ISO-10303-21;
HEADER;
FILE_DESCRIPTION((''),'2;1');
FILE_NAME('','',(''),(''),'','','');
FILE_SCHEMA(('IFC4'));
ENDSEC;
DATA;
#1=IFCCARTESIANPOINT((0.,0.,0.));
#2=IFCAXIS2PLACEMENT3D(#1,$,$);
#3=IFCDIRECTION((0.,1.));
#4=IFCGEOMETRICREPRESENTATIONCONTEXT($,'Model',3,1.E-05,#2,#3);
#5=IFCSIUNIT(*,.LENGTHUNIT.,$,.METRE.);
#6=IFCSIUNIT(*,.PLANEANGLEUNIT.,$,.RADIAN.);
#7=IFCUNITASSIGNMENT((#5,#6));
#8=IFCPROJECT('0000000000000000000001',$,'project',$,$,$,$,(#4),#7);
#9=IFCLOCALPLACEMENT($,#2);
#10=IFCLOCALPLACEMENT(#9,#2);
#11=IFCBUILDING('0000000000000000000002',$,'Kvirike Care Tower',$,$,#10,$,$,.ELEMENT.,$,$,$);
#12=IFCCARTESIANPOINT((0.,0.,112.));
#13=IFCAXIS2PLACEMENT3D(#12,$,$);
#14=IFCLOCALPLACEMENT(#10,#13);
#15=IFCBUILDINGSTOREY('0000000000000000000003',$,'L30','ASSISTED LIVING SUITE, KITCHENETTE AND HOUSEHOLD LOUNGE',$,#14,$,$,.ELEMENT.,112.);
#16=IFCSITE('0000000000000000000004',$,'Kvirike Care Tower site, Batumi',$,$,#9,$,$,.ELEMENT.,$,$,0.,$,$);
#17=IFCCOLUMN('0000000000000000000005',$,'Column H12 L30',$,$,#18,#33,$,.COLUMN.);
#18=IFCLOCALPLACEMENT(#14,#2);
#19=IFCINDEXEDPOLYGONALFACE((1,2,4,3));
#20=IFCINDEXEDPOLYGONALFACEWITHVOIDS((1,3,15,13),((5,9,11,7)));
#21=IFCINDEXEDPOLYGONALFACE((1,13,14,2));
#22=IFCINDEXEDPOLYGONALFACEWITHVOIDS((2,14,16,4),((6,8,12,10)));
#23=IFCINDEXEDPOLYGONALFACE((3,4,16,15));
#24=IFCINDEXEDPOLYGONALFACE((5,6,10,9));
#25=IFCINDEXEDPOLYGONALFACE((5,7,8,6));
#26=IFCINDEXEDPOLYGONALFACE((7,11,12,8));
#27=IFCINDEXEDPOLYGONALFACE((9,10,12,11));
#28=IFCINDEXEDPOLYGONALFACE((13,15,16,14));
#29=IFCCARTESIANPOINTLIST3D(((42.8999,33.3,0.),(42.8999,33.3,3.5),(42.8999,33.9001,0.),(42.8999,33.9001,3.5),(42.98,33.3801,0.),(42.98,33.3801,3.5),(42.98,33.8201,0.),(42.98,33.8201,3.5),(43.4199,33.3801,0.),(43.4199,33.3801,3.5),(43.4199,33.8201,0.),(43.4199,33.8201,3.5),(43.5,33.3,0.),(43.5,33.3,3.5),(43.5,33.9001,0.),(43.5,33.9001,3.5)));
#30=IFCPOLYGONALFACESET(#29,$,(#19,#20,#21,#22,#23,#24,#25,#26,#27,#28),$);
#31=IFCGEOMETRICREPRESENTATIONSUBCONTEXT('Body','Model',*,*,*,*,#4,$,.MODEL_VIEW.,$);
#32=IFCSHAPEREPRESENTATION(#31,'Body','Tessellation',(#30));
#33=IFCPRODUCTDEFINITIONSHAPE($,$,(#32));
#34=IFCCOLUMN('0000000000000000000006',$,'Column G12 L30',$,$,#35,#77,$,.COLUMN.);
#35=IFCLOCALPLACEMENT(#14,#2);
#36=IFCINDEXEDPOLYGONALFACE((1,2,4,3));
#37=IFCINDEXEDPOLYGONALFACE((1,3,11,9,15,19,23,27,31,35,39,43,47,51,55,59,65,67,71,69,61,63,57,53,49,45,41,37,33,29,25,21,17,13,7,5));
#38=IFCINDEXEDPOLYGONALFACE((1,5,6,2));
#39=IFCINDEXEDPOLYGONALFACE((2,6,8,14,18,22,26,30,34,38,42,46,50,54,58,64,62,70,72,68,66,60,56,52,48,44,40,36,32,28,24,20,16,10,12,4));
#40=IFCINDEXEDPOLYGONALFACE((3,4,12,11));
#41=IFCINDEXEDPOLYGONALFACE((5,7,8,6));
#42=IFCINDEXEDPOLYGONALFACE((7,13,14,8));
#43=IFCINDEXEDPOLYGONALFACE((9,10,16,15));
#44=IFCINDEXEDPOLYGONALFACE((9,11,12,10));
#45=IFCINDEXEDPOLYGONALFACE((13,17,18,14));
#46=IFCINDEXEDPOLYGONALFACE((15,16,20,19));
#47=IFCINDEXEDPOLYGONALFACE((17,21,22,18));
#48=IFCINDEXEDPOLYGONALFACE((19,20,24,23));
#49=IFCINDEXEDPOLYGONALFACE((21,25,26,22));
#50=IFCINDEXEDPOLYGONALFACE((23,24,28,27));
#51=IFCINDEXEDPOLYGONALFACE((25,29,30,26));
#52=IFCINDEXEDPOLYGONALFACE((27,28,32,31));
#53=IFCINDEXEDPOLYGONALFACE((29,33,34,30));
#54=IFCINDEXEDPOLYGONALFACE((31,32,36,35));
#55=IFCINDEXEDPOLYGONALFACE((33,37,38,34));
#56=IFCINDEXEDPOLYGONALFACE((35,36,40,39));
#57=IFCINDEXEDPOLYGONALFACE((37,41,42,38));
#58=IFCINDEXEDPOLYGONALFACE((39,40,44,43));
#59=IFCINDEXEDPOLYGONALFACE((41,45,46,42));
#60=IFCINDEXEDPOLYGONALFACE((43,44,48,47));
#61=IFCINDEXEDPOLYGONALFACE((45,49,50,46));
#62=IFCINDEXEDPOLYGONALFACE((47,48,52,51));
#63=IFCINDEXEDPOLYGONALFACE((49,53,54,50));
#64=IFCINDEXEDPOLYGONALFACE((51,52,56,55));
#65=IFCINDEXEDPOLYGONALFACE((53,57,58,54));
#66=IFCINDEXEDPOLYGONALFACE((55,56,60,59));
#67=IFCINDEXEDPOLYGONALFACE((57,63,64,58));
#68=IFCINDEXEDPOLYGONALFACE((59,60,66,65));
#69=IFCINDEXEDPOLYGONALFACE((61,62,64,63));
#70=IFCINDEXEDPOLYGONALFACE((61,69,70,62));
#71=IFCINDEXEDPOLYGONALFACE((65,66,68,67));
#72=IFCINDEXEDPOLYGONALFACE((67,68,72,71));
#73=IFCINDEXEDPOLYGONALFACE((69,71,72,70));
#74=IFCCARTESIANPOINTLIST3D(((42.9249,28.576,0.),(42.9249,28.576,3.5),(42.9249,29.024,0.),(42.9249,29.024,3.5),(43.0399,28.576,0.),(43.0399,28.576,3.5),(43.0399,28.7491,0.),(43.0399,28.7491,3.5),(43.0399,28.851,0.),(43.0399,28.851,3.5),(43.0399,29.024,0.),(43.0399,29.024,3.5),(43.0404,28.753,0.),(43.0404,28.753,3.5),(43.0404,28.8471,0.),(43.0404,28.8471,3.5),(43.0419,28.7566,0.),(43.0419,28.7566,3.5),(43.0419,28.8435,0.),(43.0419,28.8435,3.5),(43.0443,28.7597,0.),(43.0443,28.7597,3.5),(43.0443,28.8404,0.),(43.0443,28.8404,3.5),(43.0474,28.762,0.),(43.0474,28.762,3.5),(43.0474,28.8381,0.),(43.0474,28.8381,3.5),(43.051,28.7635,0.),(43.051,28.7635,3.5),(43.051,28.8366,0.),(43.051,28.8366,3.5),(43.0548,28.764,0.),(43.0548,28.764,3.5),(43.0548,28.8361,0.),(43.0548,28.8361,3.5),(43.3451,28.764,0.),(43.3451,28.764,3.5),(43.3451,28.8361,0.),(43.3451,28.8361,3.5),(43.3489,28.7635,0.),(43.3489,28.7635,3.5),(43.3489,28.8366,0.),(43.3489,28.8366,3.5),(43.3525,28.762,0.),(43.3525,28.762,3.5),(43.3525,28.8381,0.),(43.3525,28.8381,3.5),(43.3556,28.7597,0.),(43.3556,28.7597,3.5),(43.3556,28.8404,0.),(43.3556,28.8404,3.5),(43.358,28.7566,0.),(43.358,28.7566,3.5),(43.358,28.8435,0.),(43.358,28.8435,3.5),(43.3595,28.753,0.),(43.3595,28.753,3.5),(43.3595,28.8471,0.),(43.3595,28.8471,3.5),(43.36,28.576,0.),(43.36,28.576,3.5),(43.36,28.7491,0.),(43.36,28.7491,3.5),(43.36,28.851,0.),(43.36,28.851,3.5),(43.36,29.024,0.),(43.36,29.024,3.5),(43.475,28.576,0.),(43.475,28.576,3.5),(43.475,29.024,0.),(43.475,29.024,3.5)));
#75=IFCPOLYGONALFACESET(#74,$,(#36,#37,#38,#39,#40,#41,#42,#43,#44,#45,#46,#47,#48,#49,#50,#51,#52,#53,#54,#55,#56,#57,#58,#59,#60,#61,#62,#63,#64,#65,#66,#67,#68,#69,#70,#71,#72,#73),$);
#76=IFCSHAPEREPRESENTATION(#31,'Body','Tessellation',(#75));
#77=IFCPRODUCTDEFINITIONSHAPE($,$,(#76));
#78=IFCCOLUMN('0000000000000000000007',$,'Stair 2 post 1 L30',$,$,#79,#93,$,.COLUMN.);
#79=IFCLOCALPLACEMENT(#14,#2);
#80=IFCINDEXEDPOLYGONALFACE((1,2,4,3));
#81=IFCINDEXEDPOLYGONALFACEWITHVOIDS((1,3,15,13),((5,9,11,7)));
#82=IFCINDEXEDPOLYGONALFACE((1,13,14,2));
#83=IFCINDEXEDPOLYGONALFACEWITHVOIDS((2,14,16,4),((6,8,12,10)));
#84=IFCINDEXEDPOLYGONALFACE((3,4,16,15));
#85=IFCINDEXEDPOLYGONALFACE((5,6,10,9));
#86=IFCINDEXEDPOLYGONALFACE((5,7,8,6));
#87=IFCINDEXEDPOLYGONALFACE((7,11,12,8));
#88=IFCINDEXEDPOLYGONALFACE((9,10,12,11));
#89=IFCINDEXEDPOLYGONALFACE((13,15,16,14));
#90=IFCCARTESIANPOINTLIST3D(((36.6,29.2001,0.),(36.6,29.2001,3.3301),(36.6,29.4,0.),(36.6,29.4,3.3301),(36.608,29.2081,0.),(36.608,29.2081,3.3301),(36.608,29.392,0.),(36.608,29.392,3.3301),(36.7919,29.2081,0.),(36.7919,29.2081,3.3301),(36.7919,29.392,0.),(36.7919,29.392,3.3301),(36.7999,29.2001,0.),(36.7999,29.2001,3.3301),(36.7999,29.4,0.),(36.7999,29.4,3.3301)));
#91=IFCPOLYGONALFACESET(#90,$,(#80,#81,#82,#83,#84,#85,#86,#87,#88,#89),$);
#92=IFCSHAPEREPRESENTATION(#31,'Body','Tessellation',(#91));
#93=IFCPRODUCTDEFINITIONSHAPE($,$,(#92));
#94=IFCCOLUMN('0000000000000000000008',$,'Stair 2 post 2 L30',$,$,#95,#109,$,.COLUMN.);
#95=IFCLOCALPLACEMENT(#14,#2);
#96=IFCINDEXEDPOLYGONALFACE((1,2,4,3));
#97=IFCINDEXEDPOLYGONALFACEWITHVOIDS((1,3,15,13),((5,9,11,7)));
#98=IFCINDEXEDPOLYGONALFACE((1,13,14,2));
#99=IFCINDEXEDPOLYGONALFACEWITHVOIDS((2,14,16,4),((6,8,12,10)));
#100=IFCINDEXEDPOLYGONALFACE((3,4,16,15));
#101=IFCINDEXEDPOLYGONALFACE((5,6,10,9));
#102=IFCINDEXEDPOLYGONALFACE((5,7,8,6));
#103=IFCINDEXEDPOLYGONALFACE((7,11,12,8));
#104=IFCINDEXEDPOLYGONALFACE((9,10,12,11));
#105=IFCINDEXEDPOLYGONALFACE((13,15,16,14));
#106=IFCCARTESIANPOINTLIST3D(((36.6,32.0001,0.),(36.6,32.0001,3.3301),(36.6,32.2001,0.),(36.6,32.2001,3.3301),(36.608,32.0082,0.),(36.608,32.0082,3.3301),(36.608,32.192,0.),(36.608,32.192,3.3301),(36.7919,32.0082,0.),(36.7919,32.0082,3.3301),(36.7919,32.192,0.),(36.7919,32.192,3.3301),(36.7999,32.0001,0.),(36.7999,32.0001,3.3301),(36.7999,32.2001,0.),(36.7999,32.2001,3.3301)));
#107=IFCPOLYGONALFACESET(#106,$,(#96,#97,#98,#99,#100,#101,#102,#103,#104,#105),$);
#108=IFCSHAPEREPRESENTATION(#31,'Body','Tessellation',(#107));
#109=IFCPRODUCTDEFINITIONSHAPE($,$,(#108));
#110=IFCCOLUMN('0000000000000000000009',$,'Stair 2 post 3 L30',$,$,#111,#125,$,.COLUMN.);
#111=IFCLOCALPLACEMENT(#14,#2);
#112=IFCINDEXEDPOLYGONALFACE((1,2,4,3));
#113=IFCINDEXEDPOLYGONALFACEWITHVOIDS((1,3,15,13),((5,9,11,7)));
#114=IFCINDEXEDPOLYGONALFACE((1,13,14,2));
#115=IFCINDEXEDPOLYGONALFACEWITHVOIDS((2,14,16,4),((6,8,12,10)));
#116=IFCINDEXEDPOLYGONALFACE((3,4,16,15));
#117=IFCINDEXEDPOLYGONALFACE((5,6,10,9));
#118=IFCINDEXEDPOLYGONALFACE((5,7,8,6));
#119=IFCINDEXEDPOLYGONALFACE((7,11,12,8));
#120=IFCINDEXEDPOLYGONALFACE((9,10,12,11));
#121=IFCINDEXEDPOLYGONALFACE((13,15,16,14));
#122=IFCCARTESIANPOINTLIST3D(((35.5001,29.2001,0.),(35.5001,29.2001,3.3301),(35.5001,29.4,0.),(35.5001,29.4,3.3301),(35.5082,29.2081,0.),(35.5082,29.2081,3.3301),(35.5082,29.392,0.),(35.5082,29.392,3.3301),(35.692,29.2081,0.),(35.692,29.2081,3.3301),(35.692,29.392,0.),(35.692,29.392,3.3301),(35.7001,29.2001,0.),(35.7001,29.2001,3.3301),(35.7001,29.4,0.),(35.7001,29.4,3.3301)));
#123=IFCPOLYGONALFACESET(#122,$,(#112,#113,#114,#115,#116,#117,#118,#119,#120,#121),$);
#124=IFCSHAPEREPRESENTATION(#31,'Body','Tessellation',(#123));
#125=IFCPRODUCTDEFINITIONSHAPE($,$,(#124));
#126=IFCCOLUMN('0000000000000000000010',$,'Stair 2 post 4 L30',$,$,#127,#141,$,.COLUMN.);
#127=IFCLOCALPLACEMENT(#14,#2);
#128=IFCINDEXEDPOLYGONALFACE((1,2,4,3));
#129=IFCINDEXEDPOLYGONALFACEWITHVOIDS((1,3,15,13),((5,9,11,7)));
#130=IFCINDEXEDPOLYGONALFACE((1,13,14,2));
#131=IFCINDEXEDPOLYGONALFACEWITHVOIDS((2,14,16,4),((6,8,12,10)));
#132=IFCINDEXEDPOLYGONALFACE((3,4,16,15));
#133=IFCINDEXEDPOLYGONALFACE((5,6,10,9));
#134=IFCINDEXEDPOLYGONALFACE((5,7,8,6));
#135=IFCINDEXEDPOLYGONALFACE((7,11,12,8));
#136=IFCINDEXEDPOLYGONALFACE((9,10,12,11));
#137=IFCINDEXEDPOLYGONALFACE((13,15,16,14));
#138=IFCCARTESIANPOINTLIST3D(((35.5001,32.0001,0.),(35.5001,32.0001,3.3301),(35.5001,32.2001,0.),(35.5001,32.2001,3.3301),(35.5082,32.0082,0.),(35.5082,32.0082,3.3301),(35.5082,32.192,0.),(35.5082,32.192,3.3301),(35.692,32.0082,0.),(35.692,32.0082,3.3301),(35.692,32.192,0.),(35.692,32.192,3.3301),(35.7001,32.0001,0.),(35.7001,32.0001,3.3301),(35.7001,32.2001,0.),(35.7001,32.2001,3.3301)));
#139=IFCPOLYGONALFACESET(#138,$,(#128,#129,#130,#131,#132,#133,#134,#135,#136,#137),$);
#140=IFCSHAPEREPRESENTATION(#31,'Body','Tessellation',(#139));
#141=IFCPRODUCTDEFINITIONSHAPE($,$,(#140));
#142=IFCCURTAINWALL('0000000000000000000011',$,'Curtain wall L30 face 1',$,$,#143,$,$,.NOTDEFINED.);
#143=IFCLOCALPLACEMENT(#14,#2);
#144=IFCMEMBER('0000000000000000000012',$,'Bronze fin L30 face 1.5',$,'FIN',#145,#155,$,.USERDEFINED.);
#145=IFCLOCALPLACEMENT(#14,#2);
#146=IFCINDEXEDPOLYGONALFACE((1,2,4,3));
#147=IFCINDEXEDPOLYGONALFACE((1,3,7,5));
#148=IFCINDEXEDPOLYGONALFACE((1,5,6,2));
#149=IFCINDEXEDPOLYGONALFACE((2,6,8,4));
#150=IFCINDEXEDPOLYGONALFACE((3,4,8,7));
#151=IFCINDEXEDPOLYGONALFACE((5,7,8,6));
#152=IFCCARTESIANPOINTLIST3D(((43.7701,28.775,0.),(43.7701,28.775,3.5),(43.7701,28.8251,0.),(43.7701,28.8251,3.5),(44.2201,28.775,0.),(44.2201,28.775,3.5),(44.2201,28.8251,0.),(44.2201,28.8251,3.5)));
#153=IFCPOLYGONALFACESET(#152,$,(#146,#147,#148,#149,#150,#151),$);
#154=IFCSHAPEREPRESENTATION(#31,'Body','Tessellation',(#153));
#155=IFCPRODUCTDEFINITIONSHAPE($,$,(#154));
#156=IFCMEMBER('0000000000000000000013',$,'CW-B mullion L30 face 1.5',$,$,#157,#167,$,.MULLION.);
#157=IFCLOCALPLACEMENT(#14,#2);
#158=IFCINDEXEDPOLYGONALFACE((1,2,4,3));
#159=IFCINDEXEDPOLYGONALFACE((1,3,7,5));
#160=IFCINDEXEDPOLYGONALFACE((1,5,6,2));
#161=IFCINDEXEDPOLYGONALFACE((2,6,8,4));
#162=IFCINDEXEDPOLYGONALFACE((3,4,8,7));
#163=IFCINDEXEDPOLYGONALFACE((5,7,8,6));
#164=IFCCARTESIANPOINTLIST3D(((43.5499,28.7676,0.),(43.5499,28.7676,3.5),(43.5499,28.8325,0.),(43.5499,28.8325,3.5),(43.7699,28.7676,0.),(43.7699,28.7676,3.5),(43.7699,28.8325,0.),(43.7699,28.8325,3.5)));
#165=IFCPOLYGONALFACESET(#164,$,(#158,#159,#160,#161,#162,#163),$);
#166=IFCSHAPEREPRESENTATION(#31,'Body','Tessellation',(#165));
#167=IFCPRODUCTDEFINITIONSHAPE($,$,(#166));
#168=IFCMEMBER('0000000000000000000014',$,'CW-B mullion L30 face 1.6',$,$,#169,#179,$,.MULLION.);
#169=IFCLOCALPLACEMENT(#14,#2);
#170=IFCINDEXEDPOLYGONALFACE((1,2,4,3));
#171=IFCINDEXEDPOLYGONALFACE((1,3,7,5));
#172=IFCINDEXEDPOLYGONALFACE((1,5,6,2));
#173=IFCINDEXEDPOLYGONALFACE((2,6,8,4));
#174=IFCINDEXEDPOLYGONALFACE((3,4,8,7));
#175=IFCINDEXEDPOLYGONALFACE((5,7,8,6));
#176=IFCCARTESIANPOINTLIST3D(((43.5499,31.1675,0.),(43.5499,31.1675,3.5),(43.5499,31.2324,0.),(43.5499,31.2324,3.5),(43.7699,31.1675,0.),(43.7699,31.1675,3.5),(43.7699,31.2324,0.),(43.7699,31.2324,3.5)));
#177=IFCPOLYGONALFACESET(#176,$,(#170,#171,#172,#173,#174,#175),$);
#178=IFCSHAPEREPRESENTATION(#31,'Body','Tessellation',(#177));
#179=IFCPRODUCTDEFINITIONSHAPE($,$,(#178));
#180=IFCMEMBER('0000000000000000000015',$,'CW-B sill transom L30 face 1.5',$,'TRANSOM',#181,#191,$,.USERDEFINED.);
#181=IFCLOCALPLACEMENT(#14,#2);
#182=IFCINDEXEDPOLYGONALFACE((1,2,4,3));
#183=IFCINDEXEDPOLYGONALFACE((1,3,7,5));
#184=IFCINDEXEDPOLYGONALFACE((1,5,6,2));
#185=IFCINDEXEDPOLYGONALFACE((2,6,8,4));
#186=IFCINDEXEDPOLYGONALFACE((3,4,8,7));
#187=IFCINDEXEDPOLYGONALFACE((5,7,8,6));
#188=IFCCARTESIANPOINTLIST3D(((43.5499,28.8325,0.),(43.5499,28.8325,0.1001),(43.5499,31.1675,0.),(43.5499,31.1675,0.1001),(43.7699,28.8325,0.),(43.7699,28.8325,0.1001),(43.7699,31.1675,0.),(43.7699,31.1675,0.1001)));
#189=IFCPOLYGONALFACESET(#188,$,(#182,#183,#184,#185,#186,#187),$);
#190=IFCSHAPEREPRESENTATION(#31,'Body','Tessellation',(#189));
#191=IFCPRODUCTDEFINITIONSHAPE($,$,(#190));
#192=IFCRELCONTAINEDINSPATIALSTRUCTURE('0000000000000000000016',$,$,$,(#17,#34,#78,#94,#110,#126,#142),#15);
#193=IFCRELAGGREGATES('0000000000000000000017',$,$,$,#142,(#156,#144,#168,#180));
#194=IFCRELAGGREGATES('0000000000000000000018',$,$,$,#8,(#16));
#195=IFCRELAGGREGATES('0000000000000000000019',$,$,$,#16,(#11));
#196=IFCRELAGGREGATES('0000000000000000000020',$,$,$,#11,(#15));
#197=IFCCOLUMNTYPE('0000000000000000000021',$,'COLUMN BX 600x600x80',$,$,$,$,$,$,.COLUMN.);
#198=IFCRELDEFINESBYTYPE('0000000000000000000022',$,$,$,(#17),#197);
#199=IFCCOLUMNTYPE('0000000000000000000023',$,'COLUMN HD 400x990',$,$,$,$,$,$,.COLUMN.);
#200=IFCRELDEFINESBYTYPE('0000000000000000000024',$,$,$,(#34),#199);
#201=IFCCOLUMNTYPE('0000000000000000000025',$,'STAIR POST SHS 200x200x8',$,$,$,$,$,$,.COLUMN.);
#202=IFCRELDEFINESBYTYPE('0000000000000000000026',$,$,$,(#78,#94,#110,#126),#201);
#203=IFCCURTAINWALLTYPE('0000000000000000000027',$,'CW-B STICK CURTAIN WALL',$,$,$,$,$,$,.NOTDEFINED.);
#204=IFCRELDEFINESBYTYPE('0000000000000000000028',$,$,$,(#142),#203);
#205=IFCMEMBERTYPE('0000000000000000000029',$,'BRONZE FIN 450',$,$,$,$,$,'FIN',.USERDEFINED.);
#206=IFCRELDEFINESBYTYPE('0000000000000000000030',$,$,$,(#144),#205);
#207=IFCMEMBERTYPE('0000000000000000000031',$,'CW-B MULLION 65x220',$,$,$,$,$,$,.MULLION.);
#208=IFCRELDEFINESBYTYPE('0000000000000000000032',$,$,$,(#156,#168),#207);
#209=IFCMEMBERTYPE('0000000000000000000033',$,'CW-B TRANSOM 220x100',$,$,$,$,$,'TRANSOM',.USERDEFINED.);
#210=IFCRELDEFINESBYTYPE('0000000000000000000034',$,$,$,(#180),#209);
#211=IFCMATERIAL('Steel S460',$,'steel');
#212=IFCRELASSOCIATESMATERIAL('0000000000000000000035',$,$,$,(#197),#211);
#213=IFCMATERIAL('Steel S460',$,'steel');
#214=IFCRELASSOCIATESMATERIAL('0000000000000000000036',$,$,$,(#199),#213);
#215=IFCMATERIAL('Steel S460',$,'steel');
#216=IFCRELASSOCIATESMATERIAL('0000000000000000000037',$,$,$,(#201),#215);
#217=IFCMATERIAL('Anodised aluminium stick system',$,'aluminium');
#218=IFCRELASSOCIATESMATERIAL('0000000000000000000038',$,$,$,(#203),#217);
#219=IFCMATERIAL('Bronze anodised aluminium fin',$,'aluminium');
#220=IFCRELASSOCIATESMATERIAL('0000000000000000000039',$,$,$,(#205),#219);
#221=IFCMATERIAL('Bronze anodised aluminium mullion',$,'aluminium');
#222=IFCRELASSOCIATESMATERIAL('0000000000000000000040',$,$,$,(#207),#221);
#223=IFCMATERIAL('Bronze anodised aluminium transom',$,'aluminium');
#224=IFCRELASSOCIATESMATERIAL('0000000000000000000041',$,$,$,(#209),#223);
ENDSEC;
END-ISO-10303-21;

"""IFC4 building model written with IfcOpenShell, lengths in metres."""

from ifc_helpers import new_model, si_unit, direction, frame, origin, origin_2d, place, context, subcontext, project, spatial, rectangle, hollow_rectangle, i_section, extrude, material, material_profile, profile_set, type_object, element, aggregate, save


model = new_model("IFC4")

# Units and contexts
model_context = context("Model", 3, precision=1e-05, world=origin(), true_north=direction((0.0, 1.0)))
body_context = subcontext(model_context, "Body", "Model", "MODEL_VIEW")
ifc_project = project(units=[si_unit("LENGTHUNIT", "METRE"), si_unit("PLANEANGLEUNIT", "RADIAN")], contexts=[model_context])

# Site, building, storey
site_placement = place(None, origin())
site = spatial("IfcSite", under=ifc_project, at=site_placement, Name="Kvirike Care Tower site, Batumi", CompositionType="ELEMENT", RefElevation=0.0)
building_placement = place(site_placement, origin())
building = spatial("IfcBuilding", under=site, at=building_placement, Name="Kvirike Care Tower", CompositionType="ELEMENT")
storey_placement = place(building_placement, frame((0.0, 0.0, 112.0)))
storey = spatial("IfcBuildingStorey", under=building, at=storey_placement, Name="L30", Description="ASSISTED LIVING SUITE, KITCHENETTE AND HOUSEHOLD LOUNGE", CompositionType="ELEMENT", Elevation=112.0)

# Columns
ifc_material_1 = material(Name="Steel S460", Category="steel")
ifc_material_profile_1 = material_profile(ifc_material_1, hollow_rectangle(XDim=0.6001, YDim=0.6001, WallThickness=0.0801, at=origin_2d()), Name="BX 600x600x80")
ifc_profile_set_1 = profile_set([ifc_material_profile_1], Name="Steel S460")
column_type_1 = type_object("IfcColumnType", Name="COLUMN BX 600x600x80", PredefinedType="COLUMN", material=ifc_profile_set_1)
column_1_placement = place(storey_placement, frame((43.2, 33.6001, 0.0), z_axis=(0.0, 0.0, 1.0), x_axis=(1.0, 0.0, 0.0)))
element("IfcColumn", 1, at=column_1_placement, inside=storey, type_object=column_type_1, Name="Column H12 L30", PredefinedType="COLUMN", context=body_context, shape_type="SweptSolid", body=[
    extrude(hollow_rectangle(XDim=0.6001, YDim=0.6001, WallThickness=0.0801, at=origin_2d()), origin(), (0.0, 0.0, 1.0), 3.5),
])
ifc_material_2 = material(Name="Steel S460", Category="steel")
ifc_material_profile_2 = material_profile(ifc_material_2, i_section(OverallWidth=0.448, OverallDepth=0.55, WebThickness=0.072, FlangeThickness=0.115, FilletRadius=0.0149, at=origin_2d()), Name="HD 400x990")
ifc_profile_set_2 = profile_set([ifc_material_profile_2], Name="Steel S460")
column_type_2 = type_object("IfcColumnType", Name="COLUMN HD 400x990", PredefinedType="COLUMN", material=ifc_profile_set_2)
column_2_placement = place(storey_placement, frame((43.2, 28.8, 0.0), z_axis=(0.0, 0.0, 1.0), x_axis=(0.0, 1.0, 0.0)))
element("IfcColumn", 2, at=column_2_placement, inside=storey, type_object=column_type_2, Name="Column G12 L30", PredefinedType="COLUMN", context=body_context, shape_type="SweptSolid", body=[
    extrude(i_section(OverallWidth=0.448, OverallDepth=0.55, WebThickness=0.072, FlangeThickness=0.115, FilletRadius=0.0149, at=origin_2d()), origin(), (0.0, 0.0, 1.0), 3.5),
])
ifc_material_3 = material(Name="Steel S460", Category="steel")
ifc_material_profile_3 = material_profile(ifc_material_3, hollow_rectangle(XDim=0.2, YDim=0.2, WallThickness=0.0081, at=origin_2d()), Name="SHS 200x200x8")
ifc_profile_set_3 = profile_set([ifc_material_profile_3], Name="Steel S460")
column_type_3 = type_object("IfcColumnType", Name="STAIR POST SHS 200x200x8", PredefinedType="COLUMN", material=ifc_profile_set_3)
for number, where, z_axis, x_axis, name in (
    (3, (36.7, 29.3, 0.0), (0.0, 0.0, 1.0), (1.0, 0.0, 0.0), "Stair 2 post 1 L30"),
    (4, (36.7, 32.1001, 0.0), (0.0, 0.0, 1.0), (1.0, 0.0, 0.0), "Stair 2 post 2 L30"),
    (5, (35.6001, 29.3, 0.0), (0.0, 0.0, 1.0), (1.0, 0.0, 0.0), "Stair 2 post 3 L30"),
    (6, (35.6001, 32.1001, 0.0), (0.0, 0.0, 1.0), (1.0, 0.0, 0.0), "Stair 2 post 4 L30"),
):
    element("IfcColumn", number, at=place(storey_placement, frame(where, z_axis=z_axis, x_axis=x_axis)), inside=storey, type_object=column_type_3, Name=name, PredefinedType="COLUMN", context=body_context, shape_type="SweptSolid", body=[
        extrude(hollow_rectangle(XDim=0.2, YDim=0.2, WallThickness=0.0081, at=origin_2d()), origin(), (0.0, 0.0, 1.0), 3.3301),
    ])

# Curtain wall, members
ifc_material_4 = material(Name="Anodised aluminium stick system", Category="aluminium")
curtain_wall_type = type_object("IfcCurtainWallType", Name="CW-B STICK CURTAIN WALL", PredefinedType="NOTDEFINED", material=ifc_material_4)
curtain_wall_placement = place(storey_placement, origin())
curtain_wall = element("IfcCurtainWall", 7, at=curtain_wall_placement, inside=storey, type_object=curtain_wall_type, Name="Curtain wall L30 face 1", PredefinedType="NOTDEFINED")
ifc_material_5 = material(Name="Bronze anodised aluminium fin", Category="aluminium")
ifc_material_profile_4 = material_profile(ifc_material_5, rectangle(XDim=0.05, YDim=0.45, at=origin_2d()), Name="BRONZE FIN 450")
ifc_profile_set_4 = profile_set([ifc_material_profile_4], Name="Bronze anodised aluminium fin")
member_type_1 = type_object("IfcMemberType", Name="BRONZE FIN 450", ElementType="FIN", PredefinedType="USERDEFINED", material=ifc_profile_set_4)
member_1_placement = place(storey_placement, frame((43.9951, 28.8, 0.0), z_axis=(0.0, 0.0, 1.0), x_axis=(0.0, 1.0, 0.0)))
member_1 = element("IfcMember", 8, at=member_1_placement, type_object=member_type_1, Name="Bronze fin L30 face 1.5", ObjectType="FIN", PredefinedType="USERDEFINED", context=body_context, shape_type="SweptSolid", body=[
    extrude(rectangle(XDim=0.05, YDim=0.45, at=origin_2d()), origin(), (0.0, 0.0, 1.0), 3.5),
])
ifc_material_6 = material(Name="Bronze anodised aluminium mullion", Category="aluminium")
ifc_material_profile_5 = material_profile(ifc_material_6, rectangle(XDim=0.0649, YDim=0.22, at=origin_2d()), Name="CW-B MULLION 65x220")
ifc_profile_set_5 = profile_set([ifc_material_profile_5], Name="Bronze anodised aluminium mullion")
member_type_2 = type_object("IfcMemberType", Name="CW-B MULLION 65x220", PredefinedType="MULLION", material=ifc_profile_set_5)
member_2_placement = place(storey_placement, frame((43.6599, 28.8, 0.0), z_axis=(0.0, 0.0, 1.0), x_axis=(0.0, 1.0, 0.0)))
member_2 = element("IfcMember", 9, at=member_2_placement, type_object=member_type_2, Name="CW-B mullion L30 face 1.5", PredefinedType="MULLION", context=body_context, shape_type="SweptSolid", body=[
    extrude(rectangle(XDim=0.0649, YDim=0.22, at=origin_2d()), origin(), (0.0, 0.0, 1.0), 3.5),
])
member_3_placement = place(storey_placement, frame((43.6599, 31.2, 0.0), z_axis=(0.0, 0.0, 1.0), x_axis=(0.0, 1.0, 0.0)))
member_3 = element("IfcMember", 10, at=member_3_placement, type_object=member_type_2, Name="CW-B mullion L30 face 1.6", PredefinedType="MULLION", context=body_context, shape_type="SweptSolid", body=[
    extrude(rectangle(XDim=0.0649, YDim=0.22, at=origin_2d()), origin(), (0.0, 0.0, 1.0), 3.5),
])
ifc_material_7 = material(Name="Bronze anodised aluminium transom", Category="aluminium")
ifc_material_profile_6 = material_profile(ifc_material_7, rectangle(XDim=0.22, YDim=0.1001, at=origin_2d()), Name="CW-B TRANSOM 220x100")
ifc_profile_set_6 = profile_set([ifc_material_profile_6], Name="Bronze anodised aluminium transom")
member_type_3 = type_object("IfcMemberType", Name="CW-B TRANSOM 220x100", ElementType="TRANSOM", PredefinedType="USERDEFINED", material=ifc_profile_set_6)
member_4_placement = place(storey_placement, frame((43.6599, 28.8325, 0.05), z_axis=(0.0, 1.0, 0.0), x_axis=(-1.0, 0.0, 0.0)))
member_4 = element("IfcMember", 11, at=member_4_placement, type_object=member_type_3, Name="CW-B sill transom L30 face 1.5", ObjectType="TRANSOM", PredefinedType="USERDEFINED", context=body_context, shape_type="SweptSolid", body=[
    extrude(rectangle(XDim=0.22, YDim=0.1001, at=origin_2d()), origin(), (0.0, 0.0, 1.0), 2.335),
])

aggregate(curtain_wall, [member_2, member_1, member_3, member_4])

save(model, "model.ifc")
